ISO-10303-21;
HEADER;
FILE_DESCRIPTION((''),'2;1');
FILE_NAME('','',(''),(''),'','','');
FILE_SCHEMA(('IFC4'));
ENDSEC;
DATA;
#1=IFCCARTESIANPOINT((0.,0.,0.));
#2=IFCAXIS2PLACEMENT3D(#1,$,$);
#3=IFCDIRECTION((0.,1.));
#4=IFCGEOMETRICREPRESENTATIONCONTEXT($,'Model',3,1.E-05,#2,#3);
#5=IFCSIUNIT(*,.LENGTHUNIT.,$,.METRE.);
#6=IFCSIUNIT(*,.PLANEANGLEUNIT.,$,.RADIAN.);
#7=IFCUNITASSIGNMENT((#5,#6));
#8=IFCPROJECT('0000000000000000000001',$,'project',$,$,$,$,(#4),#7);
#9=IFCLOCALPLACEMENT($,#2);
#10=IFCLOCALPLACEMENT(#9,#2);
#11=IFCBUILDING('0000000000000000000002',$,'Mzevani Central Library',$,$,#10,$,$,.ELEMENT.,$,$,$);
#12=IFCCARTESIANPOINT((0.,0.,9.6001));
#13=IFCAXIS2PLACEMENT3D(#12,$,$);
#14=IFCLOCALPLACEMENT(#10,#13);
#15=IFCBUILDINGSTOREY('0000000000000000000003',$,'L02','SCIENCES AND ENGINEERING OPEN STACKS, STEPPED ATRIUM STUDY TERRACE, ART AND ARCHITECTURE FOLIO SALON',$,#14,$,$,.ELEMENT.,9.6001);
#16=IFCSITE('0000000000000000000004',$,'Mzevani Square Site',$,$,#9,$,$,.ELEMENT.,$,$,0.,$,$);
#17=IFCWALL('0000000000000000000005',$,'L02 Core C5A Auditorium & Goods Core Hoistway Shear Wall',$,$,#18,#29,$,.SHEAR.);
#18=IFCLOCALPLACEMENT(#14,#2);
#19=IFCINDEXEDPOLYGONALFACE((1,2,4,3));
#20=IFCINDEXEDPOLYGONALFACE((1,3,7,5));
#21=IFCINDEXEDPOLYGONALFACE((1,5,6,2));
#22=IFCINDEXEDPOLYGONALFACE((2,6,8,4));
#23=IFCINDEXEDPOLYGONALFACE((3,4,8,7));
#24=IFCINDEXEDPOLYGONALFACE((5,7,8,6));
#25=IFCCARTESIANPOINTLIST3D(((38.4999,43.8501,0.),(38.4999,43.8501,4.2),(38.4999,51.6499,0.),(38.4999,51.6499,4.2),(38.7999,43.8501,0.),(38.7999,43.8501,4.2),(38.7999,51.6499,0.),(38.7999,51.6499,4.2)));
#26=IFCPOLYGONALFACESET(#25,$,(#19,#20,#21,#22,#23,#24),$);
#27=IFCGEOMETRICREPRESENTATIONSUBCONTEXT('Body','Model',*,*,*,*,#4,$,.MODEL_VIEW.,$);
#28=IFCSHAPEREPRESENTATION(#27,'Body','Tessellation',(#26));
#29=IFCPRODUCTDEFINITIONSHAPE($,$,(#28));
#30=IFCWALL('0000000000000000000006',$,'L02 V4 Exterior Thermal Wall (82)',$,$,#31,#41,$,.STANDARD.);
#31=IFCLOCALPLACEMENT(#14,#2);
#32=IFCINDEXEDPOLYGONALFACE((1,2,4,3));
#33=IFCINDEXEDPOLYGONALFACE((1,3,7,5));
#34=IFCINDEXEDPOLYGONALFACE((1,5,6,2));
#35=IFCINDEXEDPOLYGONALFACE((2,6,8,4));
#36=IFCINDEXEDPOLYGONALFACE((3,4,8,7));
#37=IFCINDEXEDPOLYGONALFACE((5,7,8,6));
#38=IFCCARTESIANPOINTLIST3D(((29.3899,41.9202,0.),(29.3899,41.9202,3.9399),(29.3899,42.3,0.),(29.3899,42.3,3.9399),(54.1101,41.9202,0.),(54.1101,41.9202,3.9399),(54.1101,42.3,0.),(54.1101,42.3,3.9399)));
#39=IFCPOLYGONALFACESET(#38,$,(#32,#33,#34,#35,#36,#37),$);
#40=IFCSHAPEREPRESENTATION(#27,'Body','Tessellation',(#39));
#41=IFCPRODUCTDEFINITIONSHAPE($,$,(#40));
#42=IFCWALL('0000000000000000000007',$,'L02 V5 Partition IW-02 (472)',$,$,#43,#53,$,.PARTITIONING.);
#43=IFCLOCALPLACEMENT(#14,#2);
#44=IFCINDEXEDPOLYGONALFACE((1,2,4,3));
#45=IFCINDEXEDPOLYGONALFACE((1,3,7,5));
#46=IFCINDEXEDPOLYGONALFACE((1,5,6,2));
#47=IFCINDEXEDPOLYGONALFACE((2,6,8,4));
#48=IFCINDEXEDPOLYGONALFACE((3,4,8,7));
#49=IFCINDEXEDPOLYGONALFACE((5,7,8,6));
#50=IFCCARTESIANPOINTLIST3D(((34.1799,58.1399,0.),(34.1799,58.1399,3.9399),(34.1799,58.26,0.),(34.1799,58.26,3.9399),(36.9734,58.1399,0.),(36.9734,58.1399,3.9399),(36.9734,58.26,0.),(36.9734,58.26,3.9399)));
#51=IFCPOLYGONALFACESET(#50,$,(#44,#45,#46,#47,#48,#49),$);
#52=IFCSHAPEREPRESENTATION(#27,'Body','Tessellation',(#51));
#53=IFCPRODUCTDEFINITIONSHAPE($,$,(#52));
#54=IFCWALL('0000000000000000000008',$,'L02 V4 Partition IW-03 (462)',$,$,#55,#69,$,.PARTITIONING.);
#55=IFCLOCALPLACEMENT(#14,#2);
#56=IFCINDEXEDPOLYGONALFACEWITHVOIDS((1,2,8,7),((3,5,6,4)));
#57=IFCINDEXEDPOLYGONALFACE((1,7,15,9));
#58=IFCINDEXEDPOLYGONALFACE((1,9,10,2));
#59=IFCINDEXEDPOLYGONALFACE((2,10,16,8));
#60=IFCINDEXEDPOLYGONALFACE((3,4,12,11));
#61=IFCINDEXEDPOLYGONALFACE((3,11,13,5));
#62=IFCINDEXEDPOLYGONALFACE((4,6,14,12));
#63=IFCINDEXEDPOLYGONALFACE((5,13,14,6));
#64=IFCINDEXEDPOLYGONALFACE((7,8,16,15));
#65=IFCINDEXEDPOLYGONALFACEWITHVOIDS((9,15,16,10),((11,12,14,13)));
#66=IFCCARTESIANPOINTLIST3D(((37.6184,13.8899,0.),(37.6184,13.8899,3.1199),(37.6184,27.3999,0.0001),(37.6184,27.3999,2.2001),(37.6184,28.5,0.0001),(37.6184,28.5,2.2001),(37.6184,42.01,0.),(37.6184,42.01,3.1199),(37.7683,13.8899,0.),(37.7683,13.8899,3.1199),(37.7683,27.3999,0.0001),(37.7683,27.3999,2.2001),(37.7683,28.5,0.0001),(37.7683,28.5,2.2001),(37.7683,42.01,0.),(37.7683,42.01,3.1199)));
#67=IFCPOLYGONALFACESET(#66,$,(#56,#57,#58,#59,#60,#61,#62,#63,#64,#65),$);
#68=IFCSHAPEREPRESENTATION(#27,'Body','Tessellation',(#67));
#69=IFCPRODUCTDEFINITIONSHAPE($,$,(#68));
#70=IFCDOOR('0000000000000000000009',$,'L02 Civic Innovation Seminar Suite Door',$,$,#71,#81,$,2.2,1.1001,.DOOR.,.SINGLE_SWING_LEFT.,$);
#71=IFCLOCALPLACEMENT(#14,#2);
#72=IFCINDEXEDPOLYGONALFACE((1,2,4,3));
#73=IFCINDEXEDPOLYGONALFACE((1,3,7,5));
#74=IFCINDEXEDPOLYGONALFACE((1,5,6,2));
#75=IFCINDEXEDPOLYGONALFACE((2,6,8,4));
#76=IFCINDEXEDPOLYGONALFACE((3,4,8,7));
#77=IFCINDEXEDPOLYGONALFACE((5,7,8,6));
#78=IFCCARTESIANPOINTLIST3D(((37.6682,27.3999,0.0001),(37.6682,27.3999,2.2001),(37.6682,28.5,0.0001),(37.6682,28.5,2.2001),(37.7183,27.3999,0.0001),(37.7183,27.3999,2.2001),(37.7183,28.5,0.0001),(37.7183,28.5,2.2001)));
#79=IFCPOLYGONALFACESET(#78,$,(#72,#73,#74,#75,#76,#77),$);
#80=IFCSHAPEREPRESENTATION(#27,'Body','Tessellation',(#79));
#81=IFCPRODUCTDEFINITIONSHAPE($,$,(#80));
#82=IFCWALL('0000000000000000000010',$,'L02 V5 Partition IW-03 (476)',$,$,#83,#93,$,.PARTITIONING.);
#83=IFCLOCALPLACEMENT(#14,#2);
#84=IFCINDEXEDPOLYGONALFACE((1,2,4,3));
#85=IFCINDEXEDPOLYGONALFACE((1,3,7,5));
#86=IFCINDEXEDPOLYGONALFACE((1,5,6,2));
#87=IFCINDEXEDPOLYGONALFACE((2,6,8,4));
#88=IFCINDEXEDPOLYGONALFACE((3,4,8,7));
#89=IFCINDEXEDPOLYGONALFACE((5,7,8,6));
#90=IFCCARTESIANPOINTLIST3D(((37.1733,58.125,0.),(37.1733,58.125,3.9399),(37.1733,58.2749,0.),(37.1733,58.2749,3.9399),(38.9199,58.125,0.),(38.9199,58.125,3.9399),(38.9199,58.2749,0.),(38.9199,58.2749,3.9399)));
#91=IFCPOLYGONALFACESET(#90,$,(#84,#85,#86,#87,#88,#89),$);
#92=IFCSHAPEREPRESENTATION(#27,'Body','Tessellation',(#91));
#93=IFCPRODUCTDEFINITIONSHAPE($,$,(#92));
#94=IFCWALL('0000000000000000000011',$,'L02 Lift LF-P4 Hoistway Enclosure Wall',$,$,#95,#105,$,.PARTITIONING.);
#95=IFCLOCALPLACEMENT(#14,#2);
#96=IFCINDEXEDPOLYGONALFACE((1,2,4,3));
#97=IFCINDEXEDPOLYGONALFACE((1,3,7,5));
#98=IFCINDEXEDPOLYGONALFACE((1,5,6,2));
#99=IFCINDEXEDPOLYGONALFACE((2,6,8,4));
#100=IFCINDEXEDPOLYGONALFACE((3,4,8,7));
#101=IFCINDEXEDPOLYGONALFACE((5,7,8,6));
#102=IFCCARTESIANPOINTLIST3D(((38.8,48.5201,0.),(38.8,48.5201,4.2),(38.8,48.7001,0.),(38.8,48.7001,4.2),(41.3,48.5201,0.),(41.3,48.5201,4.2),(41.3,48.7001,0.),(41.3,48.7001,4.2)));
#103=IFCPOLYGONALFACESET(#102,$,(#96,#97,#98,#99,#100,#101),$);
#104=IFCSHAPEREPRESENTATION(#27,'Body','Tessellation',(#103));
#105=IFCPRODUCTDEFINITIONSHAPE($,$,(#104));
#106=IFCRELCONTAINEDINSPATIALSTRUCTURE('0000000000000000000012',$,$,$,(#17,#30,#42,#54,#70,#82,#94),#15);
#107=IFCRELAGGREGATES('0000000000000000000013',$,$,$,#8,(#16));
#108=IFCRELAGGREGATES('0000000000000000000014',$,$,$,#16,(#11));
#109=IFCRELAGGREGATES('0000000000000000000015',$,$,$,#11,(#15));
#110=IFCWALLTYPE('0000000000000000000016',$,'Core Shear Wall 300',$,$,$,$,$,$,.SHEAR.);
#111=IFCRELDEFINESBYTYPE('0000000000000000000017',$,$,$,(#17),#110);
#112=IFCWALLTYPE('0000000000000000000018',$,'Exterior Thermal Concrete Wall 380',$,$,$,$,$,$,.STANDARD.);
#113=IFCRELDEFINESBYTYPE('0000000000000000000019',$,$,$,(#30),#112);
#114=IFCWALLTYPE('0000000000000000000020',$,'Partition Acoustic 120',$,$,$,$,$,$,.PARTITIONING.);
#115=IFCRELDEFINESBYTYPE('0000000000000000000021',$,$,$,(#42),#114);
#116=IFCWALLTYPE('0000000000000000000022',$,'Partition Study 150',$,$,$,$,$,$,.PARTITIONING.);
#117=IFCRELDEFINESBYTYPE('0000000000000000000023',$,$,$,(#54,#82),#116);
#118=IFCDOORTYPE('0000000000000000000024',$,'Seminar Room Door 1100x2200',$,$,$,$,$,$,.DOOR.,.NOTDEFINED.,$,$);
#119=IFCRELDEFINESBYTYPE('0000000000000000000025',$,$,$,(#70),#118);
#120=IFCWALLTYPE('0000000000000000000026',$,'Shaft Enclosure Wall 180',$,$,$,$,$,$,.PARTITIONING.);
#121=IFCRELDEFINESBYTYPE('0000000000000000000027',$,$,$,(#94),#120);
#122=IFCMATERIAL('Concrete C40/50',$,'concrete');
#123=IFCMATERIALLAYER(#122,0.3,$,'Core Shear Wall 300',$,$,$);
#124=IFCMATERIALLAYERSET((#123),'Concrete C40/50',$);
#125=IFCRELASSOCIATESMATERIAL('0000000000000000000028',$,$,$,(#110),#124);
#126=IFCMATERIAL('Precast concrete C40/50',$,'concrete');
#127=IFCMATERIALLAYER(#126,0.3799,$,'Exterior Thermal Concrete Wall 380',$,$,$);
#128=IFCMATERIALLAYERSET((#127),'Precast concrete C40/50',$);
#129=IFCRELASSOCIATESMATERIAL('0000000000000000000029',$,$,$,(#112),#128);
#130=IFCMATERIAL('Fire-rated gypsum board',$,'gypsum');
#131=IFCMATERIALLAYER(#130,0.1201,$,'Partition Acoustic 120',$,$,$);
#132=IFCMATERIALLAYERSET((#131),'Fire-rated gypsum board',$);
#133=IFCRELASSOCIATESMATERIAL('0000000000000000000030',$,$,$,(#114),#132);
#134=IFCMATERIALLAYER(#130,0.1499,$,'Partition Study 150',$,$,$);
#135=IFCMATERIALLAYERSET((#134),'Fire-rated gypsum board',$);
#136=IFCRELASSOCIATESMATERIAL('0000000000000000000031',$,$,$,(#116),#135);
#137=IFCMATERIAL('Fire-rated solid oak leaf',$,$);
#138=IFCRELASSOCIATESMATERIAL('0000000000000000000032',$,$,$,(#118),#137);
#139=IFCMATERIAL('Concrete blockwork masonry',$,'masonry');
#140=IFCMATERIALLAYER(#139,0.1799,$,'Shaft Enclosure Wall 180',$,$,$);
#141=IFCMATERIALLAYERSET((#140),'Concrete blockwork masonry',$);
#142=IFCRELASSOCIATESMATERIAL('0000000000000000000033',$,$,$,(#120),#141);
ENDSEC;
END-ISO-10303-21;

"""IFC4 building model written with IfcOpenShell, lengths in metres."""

from ifc_helpers import new_model, si_unit, direction, frame, frame_2d, origin, place, context, subcontext, project, spatial, rectangle, extrude, material, layer, layer_set, type_object, element, fill, save


model = new_model("IFC4")

# Units and contexts
model_context = context("Model", 3, precision=1e-05, world=origin(), true_north=direction((0.0, 1.0)))
body_context = subcontext(model_context, "Body", "Model", "MODEL_VIEW")
ifc_project = project(units=[si_unit("LENGTHUNIT", "METRE"), si_unit("PLANEANGLEUNIT", "RADIAN")], contexts=[model_context])

# Site, building, storey
site_placement = place(None, origin())
site = spatial("IfcSite", under=ifc_project, at=site_placement, Name="Mzevani Square Site", CompositionType="ELEMENT", RefElevation=0.0)
building_placement = place(site_placement, origin())
building = spatial("IfcBuilding", under=site, at=building_placement, Name="Mzevani Central Library", CompositionType="ELEMENT")
storey_placement = place(building_placement, frame((0.0, 0.0, 9.6001)))
storey = spatial("IfcBuildingStorey", under=building, at=storey_placement, Name="L02", Description="SCIENCES AND ENGINEERING OPEN STACKS, STEPPED ATRIUM STUDY TERRACE, ART AND ARCHITECTURE FOLIO SALON", CompositionType="ELEMENT", Elevation=9.6001)

# Shared definitions
ifc_material_1 = material(Name="Concrete C40/50", Category="concrete")

# Shared definitions
ifc_material_2 = material(Name="Precast concrete C40/50", Category="concrete")

# Shared definitions
ifc_layer_1 = layer(ifc_material_1, 0.3, Name="Core Shear Wall 300")
ifc_layer_set_1 = layer_set([ifc_layer_1], Name="Concrete C40/50")
wall_type_1 = type_object("IfcWallType", Name="Core Shear Wall 300", PredefinedType="SHEAR", material=ifc_layer_set_1)

# Walls
wall_1_placement = place(storey_placement, frame((38.6499, 43.8501, 0.0), z_axis=(0.0, 0.0, 1.0), x_axis=(0.0, 1.0, 0.0)))
element("IfcWall", 1, at=wall_1_placement, inside=storey, type_object=wall_type_1, Name="L02 Core C5A Auditorium & Goods Core Hoistway Shear Wall", PredefinedType="SHEAR", context=body_context, shape_type="SweptSolid", body=[
    extrude(rectangle(XDim=7.7998, YDim=0.3, at=frame_2d((3.8999, 0.0))), origin(), (0.0, 0.0, 1.0), 4.2),
])
ifc_layer_2 = layer(ifc_material_2, 0.3799, Name="Exterior Thermal Concrete Wall 380")
ifc_layer_set_2 = layer_set([ifc_layer_2], Name="Precast concrete C40/50")
wall_type_2 = type_object("IfcWallType", Name="Exterior Thermal Concrete Wall 380", PredefinedType="STANDARD", material=ifc_layer_set_2)
wall_2_placement = place(storey_placement, frame((29.3899, 42.1101, 0.0), z_axis=(0.0, 0.0, 1.0), x_axis=(1.0, 0.0, 0.0)))
element("IfcWall", 2, at=wall_2_placement, inside=storey, type_object=wall_type_2, Name="L02 V4 Exterior Thermal Wall (82)", PredefinedType="STANDARD", context=body_context, shape_type="SweptSolid", body=[
    extrude(rectangle(XDim=24.7202, YDim=0.3799, at=frame_2d((12.3601, 0.0))), origin(), (0.0, 0.0, 1.0), 3.9399),
])
ifc_material_3 = material(Name="Fire-rated gypsum board", Category="gypsum")
ifc_layer_3 = layer(ifc_material_3, 0.1201, Name="Partition Acoustic 120")
ifc_layer_set_3 = layer_set([ifc_layer_3], Name="Fire-rated gypsum board")
wall_type_3 = type_object("IfcWallType", Name="Partition Acoustic 120", PredefinedType="PARTITIONING", material=ifc_layer_set_3)
wall_3_placement = place(storey_placement, frame((36.9734, 58.2, 0.0), z_axis=(0.0, 0.0, 1.0), x_axis=(-1.0, 0.0, 0.0)))
element("IfcWall", 3, at=wall_3_placement, inside=storey, type_object=wall_type_3, Name="L02 V5 Partition IW-02 (472)", PredefinedType="PARTITIONING", context=body_context, shape_type="SweptSolid", body=[
    extrude(rectangle(XDim=2.7935, YDim=0.1201, at=frame_2d((1.3967, 0.0))), origin(), (0.0, 0.0, 1.0), 3.9399),
])

# Wall, opening, door
ifc_layer_4 = layer(ifc_material_3, 0.1499, Name="Partition Study 150")
ifc_layer_set_4 = layer_set([ifc_layer_4], Name="Fire-rated gypsum board")
wall_type_4 = type_object("IfcWallType", Name="Partition Study 150", PredefinedType="PARTITIONING", material=ifc_layer_set_4)
wall_4_placement = place(storey_placement, frame((37.6934, 42.01, 0.0), z_axis=(0.0, 0.0, 1.0), x_axis=(0.0, -1.0, 0.0)))
wall_4 = element("IfcWall", 4, at=wall_4_placement, inside=storey, type_object=wall_type_4, Name="L02 V4 Partition IW-03 (462)", PredefinedType="PARTITIONING", context=body_context, shape_type="SweptSolid", body=[
    extrude(rectangle(XDim=28.1201, YDim=0.1499, at=frame_2d((14.0601, 0.0))), origin(), (0.0, 0.0, 1.0), 3.1199),
])
opening_1_placement = place(wall_4_placement, frame((13.51, 0.0, 0.0)))
opening_1 = element("IfcOpeningElement", 5, at=opening_1_placement, cuts=wall_4, PredefinedType="OPENING", context=body_context, shape_type="SweptSolid", body=[
    extrude(rectangle(XDim=1.1001, YDim=2.2, at=frame_2d((0.55, 1.1001))), frame((0.0, 0.085, 0.0), z_axis=(0.0, -1.0, 0.0), x_axis=(1.0, 0.0, 0.0)), (0.0, 0.0, 1.0), 0.1699),
])
ifc_material_4 = material(Name="Fire-rated solid oak leaf")
door_type_1 = type_object("IfcDoorType", Name="Seminar Room Door 1100x2200", OperationType="NOTDEFINED", PredefinedType="DOOR", material=ifc_material_4)
door_1_placement = place(opening_1_placement, origin())
door_1 = element("IfcDoor", 6, at=door_1_placement, inside=storey, type_object=door_type_1, Name="L02 Civic Innovation Seminar Suite Door", OperationType="SINGLE_SWING_LEFT", OverallHeight=2.2, OverallWidth=1.1001, PredefinedType="DOOR", context=body_context, shape_type="SweptSolid", body=[
    extrude(rectangle(XDim=1.1001, YDim=2.2, at=frame_2d((0.55, 1.1001))), frame((0.0, 0.0249, 0.0), z_axis=(0.0, -1.0, 0.0), x_axis=(1.0, 0.0, 0.0)), (0.0, 0.0, 1.0), 0.05),
])
fill(opening_1, door_1)

# Walls
wall_5_placement = place(storey_placement, frame((38.9199, 58.2, 0.0), z_axis=(0.0, 0.0, 1.0), x_axis=(-1.0, 0.0, 0.0)))
element("IfcWall", 7, at=wall_5_placement, inside=storey, type_object=wall_type_4, Name="L02 V5 Partition IW-03 (476)", PredefinedType="PARTITIONING", context=body_context, shape_type="SweptSolid", body=[
    extrude(rectangle(XDim=1.7466, YDim=0.1499, at=frame_2d((0.8733, 0.0))), origin(), (0.0, 0.0, 1.0), 3.9399),
])
ifc_material_5 = material(Name="Concrete blockwork masonry", Category="masonry")
ifc_layer_5 = layer(ifc_material_5, 0.1799, Name="Shaft Enclosure Wall 180")
ifc_layer_set_5 = layer_set([ifc_layer_5], Name="Concrete blockwork masonry")
wall_type_5 = type_object("IfcWallType", Name="Shaft Enclosure Wall 180", PredefinedType="PARTITIONING", material=ifc_layer_set_5)
wall_6_placement = place(storey_placement, frame((38.8, 48.6101, 0.0), z_axis=(0.0, 0.0, 1.0), x_axis=(1.0, 0.0, 0.0)))
element("IfcWall", 8, at=wall_6_placement, inside=storey, type_object=wall_type_5, Name="L02 Lift LF-P4 Hoistway Enclosure Wall", PredefinedType="PARTITIONING", context=body_context, shape_type="SweptSolid", body=[
    extrude(rectangle(XDim=2.5, YDim=0.1799, at=frame_2d((1.25, 0.0))), origin(), (0.0, 0.0, 1.0), 4.2),
])

save(model, "model.ifc")
